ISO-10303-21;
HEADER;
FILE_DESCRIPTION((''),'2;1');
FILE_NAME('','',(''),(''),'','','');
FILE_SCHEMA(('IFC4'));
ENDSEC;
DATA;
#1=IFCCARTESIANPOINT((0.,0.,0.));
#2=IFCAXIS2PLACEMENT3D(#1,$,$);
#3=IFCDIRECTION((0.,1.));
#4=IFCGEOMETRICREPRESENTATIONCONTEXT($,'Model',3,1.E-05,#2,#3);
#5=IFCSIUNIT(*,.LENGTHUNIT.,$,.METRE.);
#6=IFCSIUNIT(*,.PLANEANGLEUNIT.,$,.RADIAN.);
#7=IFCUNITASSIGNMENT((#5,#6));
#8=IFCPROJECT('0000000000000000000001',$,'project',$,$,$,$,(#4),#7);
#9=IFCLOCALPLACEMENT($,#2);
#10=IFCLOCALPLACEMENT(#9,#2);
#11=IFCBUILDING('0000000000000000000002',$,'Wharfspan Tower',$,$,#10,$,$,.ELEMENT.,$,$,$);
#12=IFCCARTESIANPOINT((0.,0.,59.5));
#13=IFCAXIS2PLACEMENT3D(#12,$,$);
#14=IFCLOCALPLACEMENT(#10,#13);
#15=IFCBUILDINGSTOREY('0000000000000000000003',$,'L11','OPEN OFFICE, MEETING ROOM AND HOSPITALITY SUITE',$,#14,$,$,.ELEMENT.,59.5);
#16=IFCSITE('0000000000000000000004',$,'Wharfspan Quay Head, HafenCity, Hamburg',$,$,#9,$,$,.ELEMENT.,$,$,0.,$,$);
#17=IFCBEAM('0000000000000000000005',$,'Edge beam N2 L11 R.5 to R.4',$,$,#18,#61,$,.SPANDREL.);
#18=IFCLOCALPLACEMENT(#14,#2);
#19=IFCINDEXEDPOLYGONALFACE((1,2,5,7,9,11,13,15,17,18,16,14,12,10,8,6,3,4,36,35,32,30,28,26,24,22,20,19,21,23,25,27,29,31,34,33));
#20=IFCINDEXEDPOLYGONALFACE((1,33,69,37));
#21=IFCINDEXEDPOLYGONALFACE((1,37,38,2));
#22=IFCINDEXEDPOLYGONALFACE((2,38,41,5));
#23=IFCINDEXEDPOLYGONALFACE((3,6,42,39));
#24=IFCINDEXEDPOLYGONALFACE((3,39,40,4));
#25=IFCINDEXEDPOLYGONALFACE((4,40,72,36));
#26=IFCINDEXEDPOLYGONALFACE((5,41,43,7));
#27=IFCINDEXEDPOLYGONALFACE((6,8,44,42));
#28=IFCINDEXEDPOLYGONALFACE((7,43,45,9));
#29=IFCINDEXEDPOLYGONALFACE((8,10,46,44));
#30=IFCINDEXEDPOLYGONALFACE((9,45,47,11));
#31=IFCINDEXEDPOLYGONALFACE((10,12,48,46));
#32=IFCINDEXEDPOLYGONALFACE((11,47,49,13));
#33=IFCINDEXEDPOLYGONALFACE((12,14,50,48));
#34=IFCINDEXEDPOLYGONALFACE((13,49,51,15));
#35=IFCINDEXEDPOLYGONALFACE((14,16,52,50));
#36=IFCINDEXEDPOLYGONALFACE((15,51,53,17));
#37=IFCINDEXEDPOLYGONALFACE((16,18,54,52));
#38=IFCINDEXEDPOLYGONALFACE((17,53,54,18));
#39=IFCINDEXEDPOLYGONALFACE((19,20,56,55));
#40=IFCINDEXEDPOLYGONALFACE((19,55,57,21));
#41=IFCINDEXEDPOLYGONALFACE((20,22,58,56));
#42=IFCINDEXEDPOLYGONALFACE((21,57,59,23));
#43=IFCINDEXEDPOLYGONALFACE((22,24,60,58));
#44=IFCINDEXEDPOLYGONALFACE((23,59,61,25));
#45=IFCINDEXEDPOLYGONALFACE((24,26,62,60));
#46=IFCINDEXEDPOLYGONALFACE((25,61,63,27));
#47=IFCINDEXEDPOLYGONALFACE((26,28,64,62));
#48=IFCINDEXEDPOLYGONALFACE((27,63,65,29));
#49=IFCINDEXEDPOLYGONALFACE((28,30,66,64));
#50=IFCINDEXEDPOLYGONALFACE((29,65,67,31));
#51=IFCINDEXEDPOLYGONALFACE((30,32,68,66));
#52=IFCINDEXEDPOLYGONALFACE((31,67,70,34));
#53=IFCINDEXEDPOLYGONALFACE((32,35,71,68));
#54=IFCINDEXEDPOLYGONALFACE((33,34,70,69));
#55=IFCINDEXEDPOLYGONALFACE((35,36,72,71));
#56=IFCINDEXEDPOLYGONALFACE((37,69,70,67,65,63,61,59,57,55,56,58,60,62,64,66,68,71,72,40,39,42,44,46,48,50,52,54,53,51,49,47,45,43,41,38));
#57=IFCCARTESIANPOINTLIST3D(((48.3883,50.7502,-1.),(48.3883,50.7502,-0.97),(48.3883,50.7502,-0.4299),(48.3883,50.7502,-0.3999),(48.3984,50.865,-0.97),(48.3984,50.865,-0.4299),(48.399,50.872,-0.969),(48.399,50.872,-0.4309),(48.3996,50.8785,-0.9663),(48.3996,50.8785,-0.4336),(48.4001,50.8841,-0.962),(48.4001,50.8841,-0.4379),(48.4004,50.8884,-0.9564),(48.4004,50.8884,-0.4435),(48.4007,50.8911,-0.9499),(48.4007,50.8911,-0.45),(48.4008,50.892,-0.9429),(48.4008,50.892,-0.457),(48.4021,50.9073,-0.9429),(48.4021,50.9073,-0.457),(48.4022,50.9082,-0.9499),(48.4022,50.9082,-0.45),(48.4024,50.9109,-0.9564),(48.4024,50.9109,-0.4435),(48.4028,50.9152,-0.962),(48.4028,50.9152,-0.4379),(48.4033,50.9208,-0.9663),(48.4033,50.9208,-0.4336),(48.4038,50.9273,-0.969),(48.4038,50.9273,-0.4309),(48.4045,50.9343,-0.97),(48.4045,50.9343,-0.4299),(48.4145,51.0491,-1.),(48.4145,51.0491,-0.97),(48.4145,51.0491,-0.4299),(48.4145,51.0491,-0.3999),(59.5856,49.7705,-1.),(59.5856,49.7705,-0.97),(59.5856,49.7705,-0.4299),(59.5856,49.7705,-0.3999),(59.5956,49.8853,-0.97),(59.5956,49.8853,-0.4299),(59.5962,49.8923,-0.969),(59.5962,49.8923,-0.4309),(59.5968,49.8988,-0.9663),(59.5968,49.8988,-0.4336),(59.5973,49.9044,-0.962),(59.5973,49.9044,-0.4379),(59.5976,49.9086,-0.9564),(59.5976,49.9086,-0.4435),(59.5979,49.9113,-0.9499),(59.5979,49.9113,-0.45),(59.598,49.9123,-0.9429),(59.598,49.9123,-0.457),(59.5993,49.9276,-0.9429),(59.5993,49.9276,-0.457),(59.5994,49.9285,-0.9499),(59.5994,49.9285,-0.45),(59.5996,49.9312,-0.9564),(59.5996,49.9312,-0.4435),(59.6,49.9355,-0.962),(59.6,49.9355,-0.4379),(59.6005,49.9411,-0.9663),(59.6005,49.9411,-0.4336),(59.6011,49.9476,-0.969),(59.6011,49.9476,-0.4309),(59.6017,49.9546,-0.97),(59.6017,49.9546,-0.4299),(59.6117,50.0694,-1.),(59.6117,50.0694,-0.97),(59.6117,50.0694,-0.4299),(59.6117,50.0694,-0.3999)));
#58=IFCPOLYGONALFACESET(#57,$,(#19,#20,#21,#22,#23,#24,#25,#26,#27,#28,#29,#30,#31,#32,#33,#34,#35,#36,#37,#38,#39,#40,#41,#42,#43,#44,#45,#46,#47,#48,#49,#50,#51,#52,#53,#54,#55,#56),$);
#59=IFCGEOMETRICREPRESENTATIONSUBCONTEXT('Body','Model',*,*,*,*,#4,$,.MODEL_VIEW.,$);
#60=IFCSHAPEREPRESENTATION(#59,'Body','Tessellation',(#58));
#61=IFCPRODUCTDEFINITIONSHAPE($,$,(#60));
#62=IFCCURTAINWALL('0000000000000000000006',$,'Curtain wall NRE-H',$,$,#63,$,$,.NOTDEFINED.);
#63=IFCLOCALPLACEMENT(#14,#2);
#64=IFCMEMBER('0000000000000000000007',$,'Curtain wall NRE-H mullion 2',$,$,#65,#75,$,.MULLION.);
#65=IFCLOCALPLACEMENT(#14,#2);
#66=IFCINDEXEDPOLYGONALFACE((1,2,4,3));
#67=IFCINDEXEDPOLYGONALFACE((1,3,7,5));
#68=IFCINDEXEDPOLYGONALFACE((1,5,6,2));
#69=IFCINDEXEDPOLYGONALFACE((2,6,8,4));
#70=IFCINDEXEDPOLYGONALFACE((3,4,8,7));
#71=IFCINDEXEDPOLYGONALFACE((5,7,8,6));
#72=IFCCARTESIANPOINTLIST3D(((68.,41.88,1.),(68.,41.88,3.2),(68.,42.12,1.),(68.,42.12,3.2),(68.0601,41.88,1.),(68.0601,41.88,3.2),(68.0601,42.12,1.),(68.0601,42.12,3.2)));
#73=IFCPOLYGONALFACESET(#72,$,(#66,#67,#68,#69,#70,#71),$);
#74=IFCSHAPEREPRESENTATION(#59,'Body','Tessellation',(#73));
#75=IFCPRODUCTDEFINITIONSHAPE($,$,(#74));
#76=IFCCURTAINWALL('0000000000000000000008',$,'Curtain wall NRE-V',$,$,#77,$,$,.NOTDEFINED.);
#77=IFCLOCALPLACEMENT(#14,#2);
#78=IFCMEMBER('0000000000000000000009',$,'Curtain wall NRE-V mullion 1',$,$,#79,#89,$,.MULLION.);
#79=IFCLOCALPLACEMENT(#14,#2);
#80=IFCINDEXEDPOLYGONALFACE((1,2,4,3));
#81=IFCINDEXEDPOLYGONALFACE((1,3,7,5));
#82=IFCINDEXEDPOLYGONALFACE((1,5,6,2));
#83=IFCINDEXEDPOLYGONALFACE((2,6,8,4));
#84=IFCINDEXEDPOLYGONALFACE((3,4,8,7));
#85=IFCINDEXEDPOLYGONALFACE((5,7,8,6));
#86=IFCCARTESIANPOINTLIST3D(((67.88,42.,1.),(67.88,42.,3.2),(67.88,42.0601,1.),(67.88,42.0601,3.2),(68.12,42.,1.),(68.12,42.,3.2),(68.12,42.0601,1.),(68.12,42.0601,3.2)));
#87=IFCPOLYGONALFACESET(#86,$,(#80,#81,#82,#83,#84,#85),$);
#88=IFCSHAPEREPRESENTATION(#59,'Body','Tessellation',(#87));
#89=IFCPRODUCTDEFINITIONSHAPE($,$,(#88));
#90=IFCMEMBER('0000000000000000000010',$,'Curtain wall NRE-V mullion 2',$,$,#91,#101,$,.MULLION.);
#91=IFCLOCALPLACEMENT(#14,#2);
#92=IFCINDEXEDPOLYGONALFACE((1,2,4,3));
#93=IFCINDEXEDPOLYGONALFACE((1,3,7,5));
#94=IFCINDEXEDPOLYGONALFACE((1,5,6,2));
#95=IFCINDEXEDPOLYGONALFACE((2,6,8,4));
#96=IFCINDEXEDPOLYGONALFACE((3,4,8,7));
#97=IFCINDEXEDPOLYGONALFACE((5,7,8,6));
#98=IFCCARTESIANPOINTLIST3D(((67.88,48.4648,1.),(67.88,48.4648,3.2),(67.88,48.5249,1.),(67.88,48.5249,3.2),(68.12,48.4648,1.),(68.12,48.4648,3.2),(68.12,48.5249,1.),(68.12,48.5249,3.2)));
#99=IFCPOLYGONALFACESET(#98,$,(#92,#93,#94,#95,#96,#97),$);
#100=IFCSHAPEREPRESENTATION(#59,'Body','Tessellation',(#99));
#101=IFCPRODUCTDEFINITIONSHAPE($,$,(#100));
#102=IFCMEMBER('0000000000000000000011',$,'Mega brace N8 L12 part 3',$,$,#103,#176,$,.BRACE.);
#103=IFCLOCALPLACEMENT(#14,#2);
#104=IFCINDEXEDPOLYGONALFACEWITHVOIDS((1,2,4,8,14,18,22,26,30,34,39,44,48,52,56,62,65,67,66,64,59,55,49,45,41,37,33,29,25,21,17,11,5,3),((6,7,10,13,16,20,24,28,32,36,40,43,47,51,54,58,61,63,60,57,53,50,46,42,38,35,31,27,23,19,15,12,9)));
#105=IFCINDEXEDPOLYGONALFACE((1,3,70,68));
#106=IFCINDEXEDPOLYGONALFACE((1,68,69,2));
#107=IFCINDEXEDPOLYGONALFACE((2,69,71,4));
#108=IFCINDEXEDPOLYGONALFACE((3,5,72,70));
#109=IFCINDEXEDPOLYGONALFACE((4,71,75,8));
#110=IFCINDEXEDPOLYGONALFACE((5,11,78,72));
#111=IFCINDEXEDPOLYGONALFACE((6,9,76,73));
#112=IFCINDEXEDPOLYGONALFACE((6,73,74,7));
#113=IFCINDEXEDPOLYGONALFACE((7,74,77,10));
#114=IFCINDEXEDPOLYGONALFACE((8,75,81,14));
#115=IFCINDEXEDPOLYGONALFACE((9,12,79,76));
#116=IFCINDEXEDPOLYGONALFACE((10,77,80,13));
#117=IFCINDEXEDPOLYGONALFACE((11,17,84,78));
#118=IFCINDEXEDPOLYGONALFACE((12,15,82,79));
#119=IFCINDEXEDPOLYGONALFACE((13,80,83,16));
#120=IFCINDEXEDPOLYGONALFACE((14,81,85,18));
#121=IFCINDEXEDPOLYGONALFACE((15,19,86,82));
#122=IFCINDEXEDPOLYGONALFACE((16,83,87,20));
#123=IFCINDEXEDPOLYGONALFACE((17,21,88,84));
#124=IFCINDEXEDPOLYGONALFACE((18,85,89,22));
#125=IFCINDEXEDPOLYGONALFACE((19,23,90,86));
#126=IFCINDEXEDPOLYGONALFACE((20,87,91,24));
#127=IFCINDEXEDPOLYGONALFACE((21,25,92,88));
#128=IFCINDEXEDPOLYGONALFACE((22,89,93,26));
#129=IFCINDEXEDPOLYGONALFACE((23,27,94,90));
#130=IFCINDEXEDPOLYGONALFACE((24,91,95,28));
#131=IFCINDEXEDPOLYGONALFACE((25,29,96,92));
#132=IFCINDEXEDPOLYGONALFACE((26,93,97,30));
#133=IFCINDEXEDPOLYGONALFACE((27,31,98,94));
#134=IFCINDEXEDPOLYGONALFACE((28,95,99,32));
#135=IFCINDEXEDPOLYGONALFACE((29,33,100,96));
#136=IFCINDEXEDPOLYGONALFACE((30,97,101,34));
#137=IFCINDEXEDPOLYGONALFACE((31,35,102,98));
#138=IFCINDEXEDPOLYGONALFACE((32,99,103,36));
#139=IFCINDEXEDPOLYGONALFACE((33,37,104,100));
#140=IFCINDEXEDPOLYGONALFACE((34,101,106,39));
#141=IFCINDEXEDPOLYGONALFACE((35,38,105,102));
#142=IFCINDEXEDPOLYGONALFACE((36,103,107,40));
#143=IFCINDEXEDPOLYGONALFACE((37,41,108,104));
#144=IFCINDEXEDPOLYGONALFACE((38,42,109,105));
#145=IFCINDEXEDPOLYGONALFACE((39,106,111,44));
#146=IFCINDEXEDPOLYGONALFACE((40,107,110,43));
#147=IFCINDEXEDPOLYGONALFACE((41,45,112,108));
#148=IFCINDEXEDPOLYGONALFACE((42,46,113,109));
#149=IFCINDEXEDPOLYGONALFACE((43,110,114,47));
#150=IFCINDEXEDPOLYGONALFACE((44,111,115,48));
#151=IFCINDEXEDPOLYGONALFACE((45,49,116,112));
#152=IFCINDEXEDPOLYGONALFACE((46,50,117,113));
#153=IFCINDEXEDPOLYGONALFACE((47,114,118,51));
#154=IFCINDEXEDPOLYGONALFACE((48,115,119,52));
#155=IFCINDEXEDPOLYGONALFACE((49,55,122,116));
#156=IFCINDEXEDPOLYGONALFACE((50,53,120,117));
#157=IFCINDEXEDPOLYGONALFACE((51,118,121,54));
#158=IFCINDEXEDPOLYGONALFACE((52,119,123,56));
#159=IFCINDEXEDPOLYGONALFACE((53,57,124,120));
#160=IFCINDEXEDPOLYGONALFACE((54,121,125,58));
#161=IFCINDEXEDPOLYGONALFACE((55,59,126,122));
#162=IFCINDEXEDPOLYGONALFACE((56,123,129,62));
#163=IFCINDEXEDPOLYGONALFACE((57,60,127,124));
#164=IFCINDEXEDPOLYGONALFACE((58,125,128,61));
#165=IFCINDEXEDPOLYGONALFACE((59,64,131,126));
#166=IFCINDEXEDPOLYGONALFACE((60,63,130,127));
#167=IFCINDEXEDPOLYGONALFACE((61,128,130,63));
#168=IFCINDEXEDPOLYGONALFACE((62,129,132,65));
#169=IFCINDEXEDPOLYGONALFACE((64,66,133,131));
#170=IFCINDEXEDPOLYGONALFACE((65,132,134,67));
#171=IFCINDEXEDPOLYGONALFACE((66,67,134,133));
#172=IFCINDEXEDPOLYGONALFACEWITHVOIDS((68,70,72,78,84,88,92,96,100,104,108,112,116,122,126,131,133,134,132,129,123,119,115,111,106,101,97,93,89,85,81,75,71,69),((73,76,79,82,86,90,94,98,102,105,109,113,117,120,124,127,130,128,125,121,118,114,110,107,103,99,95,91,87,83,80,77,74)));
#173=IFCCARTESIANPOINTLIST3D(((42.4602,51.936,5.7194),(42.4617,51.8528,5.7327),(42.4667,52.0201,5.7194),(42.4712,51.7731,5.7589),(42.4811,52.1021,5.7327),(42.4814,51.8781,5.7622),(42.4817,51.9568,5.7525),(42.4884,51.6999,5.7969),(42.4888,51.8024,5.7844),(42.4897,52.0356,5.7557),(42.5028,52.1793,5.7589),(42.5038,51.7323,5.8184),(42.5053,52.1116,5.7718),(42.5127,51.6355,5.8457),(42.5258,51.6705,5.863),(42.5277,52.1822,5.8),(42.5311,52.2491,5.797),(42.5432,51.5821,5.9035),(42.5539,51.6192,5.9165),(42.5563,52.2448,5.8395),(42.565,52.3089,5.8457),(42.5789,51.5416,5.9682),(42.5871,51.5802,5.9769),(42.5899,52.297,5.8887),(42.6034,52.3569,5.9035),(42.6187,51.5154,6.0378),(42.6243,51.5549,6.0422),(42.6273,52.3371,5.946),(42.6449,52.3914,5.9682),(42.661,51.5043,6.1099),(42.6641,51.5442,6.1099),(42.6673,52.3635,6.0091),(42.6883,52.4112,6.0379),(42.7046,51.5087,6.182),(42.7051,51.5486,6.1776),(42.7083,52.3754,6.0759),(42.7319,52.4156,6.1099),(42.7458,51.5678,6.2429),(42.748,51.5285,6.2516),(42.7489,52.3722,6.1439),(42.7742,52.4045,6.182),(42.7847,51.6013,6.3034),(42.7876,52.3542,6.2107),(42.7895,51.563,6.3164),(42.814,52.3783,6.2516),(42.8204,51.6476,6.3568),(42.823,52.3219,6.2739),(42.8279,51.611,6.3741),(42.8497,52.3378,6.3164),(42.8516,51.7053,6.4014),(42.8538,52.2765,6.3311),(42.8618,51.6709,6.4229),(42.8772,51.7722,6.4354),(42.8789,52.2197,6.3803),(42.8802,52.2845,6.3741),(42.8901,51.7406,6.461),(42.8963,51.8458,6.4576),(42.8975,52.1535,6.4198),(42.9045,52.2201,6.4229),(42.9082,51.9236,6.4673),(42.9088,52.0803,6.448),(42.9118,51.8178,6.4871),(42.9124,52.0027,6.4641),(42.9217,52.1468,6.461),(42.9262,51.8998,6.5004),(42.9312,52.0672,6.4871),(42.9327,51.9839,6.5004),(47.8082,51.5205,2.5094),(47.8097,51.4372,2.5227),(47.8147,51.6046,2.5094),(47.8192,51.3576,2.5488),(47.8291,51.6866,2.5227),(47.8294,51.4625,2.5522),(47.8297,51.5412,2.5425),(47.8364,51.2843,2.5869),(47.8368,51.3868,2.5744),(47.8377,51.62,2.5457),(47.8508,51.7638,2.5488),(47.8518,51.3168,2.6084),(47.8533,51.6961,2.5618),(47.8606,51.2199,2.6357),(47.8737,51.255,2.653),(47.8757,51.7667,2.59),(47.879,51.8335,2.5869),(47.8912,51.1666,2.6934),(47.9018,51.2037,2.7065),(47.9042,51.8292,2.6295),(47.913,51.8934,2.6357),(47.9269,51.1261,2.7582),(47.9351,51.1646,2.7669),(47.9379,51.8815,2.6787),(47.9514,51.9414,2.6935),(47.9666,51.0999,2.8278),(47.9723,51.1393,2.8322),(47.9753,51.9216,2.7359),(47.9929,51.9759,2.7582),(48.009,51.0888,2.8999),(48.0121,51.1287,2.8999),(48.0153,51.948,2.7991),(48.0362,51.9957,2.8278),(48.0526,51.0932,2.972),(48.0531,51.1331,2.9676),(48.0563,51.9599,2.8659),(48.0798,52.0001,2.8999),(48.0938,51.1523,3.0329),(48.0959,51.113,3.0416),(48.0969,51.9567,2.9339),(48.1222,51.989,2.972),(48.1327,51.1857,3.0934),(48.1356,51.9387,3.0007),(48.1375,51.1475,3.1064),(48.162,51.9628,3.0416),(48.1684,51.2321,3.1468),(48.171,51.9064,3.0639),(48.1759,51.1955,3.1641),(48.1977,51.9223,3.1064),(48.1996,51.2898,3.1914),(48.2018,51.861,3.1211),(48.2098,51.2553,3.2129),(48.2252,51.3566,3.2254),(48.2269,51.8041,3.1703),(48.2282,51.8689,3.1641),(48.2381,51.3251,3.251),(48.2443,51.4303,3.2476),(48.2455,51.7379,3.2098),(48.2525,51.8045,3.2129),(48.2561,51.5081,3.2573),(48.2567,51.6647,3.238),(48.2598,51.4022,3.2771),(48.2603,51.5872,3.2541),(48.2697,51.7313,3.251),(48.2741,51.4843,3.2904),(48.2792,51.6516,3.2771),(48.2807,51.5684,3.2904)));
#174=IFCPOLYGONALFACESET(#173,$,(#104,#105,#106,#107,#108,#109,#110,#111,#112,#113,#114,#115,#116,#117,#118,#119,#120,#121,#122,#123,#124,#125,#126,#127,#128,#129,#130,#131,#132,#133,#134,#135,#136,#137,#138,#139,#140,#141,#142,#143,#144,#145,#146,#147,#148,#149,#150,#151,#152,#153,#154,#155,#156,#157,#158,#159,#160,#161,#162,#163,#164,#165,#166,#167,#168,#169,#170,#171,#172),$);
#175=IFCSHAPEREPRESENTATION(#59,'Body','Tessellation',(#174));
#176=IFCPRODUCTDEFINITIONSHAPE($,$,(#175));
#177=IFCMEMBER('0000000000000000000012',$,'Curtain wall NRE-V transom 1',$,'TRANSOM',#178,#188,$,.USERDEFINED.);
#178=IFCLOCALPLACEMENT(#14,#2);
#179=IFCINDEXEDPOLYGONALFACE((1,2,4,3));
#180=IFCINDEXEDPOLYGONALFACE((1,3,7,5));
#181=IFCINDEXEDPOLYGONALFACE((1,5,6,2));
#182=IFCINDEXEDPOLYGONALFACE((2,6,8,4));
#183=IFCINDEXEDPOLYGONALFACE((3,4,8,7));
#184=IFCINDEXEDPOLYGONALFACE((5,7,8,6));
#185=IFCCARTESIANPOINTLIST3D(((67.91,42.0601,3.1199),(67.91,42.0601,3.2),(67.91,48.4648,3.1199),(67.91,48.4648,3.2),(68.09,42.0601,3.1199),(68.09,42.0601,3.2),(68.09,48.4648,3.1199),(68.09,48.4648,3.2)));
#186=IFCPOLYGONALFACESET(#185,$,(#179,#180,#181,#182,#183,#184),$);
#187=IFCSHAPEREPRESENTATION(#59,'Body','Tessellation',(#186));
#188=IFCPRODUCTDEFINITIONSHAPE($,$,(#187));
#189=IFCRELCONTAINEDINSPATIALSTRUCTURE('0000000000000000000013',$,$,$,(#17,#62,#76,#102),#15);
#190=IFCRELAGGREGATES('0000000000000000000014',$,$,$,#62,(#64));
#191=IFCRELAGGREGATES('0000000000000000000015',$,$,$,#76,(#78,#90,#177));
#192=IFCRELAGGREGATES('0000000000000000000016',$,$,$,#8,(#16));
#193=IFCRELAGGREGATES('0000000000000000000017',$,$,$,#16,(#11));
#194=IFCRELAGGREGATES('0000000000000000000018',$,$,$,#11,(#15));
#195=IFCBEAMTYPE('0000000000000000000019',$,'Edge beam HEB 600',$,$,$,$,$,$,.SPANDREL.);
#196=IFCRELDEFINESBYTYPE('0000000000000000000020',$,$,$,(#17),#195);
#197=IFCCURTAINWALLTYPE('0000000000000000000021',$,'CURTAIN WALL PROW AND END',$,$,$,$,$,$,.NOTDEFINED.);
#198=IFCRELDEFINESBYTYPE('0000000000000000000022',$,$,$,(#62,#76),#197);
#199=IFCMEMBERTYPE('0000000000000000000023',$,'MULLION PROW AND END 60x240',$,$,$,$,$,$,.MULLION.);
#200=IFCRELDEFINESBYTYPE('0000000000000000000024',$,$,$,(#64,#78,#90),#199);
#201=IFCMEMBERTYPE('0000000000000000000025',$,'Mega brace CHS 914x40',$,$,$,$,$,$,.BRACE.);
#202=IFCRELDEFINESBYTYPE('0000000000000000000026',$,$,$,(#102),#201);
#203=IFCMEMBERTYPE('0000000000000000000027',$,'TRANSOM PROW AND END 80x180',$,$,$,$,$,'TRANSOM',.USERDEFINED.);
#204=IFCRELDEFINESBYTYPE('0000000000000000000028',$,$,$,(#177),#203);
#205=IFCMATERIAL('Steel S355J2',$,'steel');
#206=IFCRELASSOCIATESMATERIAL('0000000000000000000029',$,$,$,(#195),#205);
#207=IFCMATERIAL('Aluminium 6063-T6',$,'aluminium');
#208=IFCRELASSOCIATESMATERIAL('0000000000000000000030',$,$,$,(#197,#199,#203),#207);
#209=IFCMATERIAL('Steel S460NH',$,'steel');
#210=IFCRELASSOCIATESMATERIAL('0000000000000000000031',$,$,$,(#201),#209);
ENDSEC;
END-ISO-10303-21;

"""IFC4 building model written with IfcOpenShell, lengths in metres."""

from ifc_helpers import new_model, si_unit, direction, frame, origin, origin_2d, place, context, subcontext, project, spatial, rectangle, hollow_circle, i_section, extrude, material, material_profile, profile_set, type_object, element, aggregate, save


model = new_model("IFC4")

# Units and contexts
model_context = context("Model", 3, precision=1e-05, world=origin(), true_north=direction((0.0, 1.0)))
body_context = subcontext(model_context, "Body", "Model", "MODEL_VIEW")
ifc_project = project(units=[si_unit("LENGTHUNIT", "METRE"), si_unit("PLANEANGLEUNIT", "RADIAN")], contexts=[model_context])

# Site, building, storey
site_placement = place(None, origin())
site = spatial("IfcSite", under=ifc_project, at=site_placement, Name="Wharfspan Quay Head, HafenCity, Hamburg", CompositionType="ELEMENT", RefElevation=0.0)
building_placement = place(site_placement, origin())
building = spatial("IfcBuilding", under=site, at=building_placement, Name="Wharfspan Tower", CompositionType="ELEMENT")
storey_placement = place(building_placement, frame((0.0, 0.0, 59.5)))
storey = spatial("IfcBuildingStorey", under=building, at=storey_placement, Name="L11", Description="OPEN OFFICE, MEETING ROOM AND HOSPITALITY SUITE", CompositionType="ELEMENT", Elevation=59.5)

# Shared definitions
ifc_material_1 = material(Name="Steel S355J2", Category="steel")

# Beam
ifc_material_profile_1 = material_profile(ifc_material_1, i_section(OverallWidth=0.3, OverallDepth=0.6001, WebThickness=0.0154, FlangeThickness=0.03, FilletRadius=0.0271, at=origin_2d()))
ifc_profile_set_1 = profile_set([ifc_material_profile_1], Name="Steel S355J2")
beam_type = type_object("IfcBeamType", Name="Edge beam HEB 600", PredefinedType="SPANDREL", material=ifc_profile_set_1)
beam_placement = place(storey_placement, frame((59.5986, 49.9199, -0.7), z_axis=(-0.996194, 0.087165, 0.0), x_axis=(-0.087165, -0.996194, 0.0)))
element("IfcBeam", 1, at=beam_placement, inside=storey, type_object=beam_type, Name="Edge beam N2 L11 R.5 to R.4", PredefinedType="SPANDREL", context=body_context, shape_type="SweptSolid", body=[
    extrude(i_section(OverallWidth=0.3, OverallDepth=0.6001, WebThickness=0.0154, FlangeThickness=0.03, FilletRadius=0.0271, at=origin_2d()), origin(), (0.0, 0.0, 1.0), 11.24),
])

# Curtain wall, member
ifc_material_2 = material(Name="Aluminium 6063-T6", Category="aluminium")
curtain_wall_type = type_object("IfcCurtainWallType", Name="CURTAIN WALL PROW AND END", PredefinedType="NOTDEFINED", material=ifc_material_2)
curtain_wall_1_placement = place(storey_placement, origin())
curtain_wall_1 = element("IfcCurtainWall", 2, at=curtain_wall_1_placement, inside=storey, type_object=curtain_wall_type, Name="Curtain wall NRE-H", PredefinedType="NOTDEFINED")
ifc_material_profile_2 = material_profile(ifc_material_2, rectangle(XDim=0.24, YDim=0.0601, at=origin_2d()))
ifc_profile_set_2 = profile_set([ifc_material_profile_2], Name="Aluminium 6063-T6")
member_type_1 = type_object("IfcMemberType", Name="MULLION PROW AND END 60x240", PredefinedType="MULLION", material=ifc_profile_set_2)
member_1_placement = place(storey_placement, frame((68.03, 42.0, 1.0), z_axis=(0.0, 0.0, 1.0), x_axis=(0.0, -1.0, 0.0)))
member_1 = element("IfcMember", 3, at=member_1_placement, type_object=member_type_1, Name="Curtain wall NRE-H mullion 2", PredefinedType="MULLION", context=body_context, shape_type="SweptSolid", body=[
    extrude(rectangle(XDim=0.24, YDim=0.0601, at=origin_2d()), origin(), (0.0, 0.0, 1.0), 2.2),
])
aggregate(curtain_wall_1, [member_1])

# Curtain wall, members
curtain_wall_2_placement = place(storey_placement, origin())
curtain_wall_2 = element("IfcCurtainWall", 4, at=curtain_wall_2_placement, inside=storey, type_object=curtain_wall_type, Name="Curtain wall NRE-V", PredefinedType="NOTDEFINED")
member_2_placement = place(storey_placement, frame((68.0, 42.03, 1.0), z_axis=(0.0, 0.0, 1.0), x_axis=(-1.0, 0.0, 0.0)))
member_2 = element("IfcMember", 5, at=member_2_placement, type_object=member_type_1, Name="Curtain wall NRE-V mullion 1", PredefinedType="MULLION", context=body_context, shape_type="SweptSolid", body=[
    extrude(rectangle(XDim=0.24, YDim=0.0601, at=origin_2d()), origin(), (0.0, 0.0, 1.0), 2.2),
])
member_3_placement = place(storey_placement, frame((68.0, 48.4949, 1.0), z_axis=(0.0, 0.0, 1.0), x_axis=(-1.0, 0.0, 0.0)))
member_3 = element("IfcMember", 6, at=member_3_placement, type_object=member_type_1, Name="Curtain wall NRE-V mullion 2", PredefinedType="MULLION", context=body_context, shape_type="SweptSolid", body=[
    extrude(rectangle(XDim=0.24, YDim=0.0601, at=origin_2d()), origin(), (0.0, 0.0, 1.0), 2.2),
])

# Members
ifc_material_3 = material(Name="Steel S460NH", Category="steel")
ifc_material_profile_3 = material_profile(ifc_material_3, hollow_circle(Radius=0.457, WallThickness=0.04, at=origin_2d()))
ifc_profile_set_3 = profile_set([ifc_material_profile_3], Name="Steel S460NH")
member_type_2 = type_object("IfcMemberType", Name="Mega brace CHS 914x40", PredefinedType="BRACE", material=ifc_profile_set_3)
member_4_placement = place(storey_placement, frame((48.0444, 51.5444, 2.8999), z_axis=(-0.85551, 0.066472, 0.513501), x_axis=(-0.077467, -0.996995, -0.000003)))
element("IfcMember", 7, at=member_4_placement, inside=storey, type_object=member_type_2, Name="Mega brace N8 L12 part 3", PredefinedType="BRACE", context=body_context, shape_type="SweptSolid", body=[
    extrude(hollow_circle(Radius=0.457, WallThickness=0.04, at=origin_2d()), origin(), (0.0, 0.0, 1.0), 6.2512),
])
ifc_material_profile_4 = material_profile(ifc_material_2, rectangle(XDim=0.1799, YDim=0.0801, at=origin_2d()))
ifc_profile_set_4 = profile_set([ifc_material_profile_4], Name="Aluminium 6063-T6")
member_type_3 = type_object("IfcMemberType", Name="TRANSOM PROW AND END 80x180", ElementType="TRANSOM", PredefinedType="USERDEFINED", material=ifc_profile_set_4)
member_5_placement = place(storey_placement, frame((68.0, 42.0601, 3.1599), z_axis=(0.0, 1.0, 0.0), x_axis=(-1.0, 0.0, 0.0)))
member_5 = element("IfcMember", 8, at=member_5_placement, type_object=member_type_3, Name="Curtain wall NRE-V transom 1", ObjectType="TRANSOM", PredefinedType="USERDEFINED", context=body_context, shape_type="SweptSolid", body=[
    extrude(rectangle(XDim=0.1799, YDim=0.0801, at=origin_2d()), origin(), (0.0, 0.0, 1.0), 6.4048),
])

aggregate(curtain_wall_2, [member_2, member_3, member_5])

save(model, "model.ifc")
